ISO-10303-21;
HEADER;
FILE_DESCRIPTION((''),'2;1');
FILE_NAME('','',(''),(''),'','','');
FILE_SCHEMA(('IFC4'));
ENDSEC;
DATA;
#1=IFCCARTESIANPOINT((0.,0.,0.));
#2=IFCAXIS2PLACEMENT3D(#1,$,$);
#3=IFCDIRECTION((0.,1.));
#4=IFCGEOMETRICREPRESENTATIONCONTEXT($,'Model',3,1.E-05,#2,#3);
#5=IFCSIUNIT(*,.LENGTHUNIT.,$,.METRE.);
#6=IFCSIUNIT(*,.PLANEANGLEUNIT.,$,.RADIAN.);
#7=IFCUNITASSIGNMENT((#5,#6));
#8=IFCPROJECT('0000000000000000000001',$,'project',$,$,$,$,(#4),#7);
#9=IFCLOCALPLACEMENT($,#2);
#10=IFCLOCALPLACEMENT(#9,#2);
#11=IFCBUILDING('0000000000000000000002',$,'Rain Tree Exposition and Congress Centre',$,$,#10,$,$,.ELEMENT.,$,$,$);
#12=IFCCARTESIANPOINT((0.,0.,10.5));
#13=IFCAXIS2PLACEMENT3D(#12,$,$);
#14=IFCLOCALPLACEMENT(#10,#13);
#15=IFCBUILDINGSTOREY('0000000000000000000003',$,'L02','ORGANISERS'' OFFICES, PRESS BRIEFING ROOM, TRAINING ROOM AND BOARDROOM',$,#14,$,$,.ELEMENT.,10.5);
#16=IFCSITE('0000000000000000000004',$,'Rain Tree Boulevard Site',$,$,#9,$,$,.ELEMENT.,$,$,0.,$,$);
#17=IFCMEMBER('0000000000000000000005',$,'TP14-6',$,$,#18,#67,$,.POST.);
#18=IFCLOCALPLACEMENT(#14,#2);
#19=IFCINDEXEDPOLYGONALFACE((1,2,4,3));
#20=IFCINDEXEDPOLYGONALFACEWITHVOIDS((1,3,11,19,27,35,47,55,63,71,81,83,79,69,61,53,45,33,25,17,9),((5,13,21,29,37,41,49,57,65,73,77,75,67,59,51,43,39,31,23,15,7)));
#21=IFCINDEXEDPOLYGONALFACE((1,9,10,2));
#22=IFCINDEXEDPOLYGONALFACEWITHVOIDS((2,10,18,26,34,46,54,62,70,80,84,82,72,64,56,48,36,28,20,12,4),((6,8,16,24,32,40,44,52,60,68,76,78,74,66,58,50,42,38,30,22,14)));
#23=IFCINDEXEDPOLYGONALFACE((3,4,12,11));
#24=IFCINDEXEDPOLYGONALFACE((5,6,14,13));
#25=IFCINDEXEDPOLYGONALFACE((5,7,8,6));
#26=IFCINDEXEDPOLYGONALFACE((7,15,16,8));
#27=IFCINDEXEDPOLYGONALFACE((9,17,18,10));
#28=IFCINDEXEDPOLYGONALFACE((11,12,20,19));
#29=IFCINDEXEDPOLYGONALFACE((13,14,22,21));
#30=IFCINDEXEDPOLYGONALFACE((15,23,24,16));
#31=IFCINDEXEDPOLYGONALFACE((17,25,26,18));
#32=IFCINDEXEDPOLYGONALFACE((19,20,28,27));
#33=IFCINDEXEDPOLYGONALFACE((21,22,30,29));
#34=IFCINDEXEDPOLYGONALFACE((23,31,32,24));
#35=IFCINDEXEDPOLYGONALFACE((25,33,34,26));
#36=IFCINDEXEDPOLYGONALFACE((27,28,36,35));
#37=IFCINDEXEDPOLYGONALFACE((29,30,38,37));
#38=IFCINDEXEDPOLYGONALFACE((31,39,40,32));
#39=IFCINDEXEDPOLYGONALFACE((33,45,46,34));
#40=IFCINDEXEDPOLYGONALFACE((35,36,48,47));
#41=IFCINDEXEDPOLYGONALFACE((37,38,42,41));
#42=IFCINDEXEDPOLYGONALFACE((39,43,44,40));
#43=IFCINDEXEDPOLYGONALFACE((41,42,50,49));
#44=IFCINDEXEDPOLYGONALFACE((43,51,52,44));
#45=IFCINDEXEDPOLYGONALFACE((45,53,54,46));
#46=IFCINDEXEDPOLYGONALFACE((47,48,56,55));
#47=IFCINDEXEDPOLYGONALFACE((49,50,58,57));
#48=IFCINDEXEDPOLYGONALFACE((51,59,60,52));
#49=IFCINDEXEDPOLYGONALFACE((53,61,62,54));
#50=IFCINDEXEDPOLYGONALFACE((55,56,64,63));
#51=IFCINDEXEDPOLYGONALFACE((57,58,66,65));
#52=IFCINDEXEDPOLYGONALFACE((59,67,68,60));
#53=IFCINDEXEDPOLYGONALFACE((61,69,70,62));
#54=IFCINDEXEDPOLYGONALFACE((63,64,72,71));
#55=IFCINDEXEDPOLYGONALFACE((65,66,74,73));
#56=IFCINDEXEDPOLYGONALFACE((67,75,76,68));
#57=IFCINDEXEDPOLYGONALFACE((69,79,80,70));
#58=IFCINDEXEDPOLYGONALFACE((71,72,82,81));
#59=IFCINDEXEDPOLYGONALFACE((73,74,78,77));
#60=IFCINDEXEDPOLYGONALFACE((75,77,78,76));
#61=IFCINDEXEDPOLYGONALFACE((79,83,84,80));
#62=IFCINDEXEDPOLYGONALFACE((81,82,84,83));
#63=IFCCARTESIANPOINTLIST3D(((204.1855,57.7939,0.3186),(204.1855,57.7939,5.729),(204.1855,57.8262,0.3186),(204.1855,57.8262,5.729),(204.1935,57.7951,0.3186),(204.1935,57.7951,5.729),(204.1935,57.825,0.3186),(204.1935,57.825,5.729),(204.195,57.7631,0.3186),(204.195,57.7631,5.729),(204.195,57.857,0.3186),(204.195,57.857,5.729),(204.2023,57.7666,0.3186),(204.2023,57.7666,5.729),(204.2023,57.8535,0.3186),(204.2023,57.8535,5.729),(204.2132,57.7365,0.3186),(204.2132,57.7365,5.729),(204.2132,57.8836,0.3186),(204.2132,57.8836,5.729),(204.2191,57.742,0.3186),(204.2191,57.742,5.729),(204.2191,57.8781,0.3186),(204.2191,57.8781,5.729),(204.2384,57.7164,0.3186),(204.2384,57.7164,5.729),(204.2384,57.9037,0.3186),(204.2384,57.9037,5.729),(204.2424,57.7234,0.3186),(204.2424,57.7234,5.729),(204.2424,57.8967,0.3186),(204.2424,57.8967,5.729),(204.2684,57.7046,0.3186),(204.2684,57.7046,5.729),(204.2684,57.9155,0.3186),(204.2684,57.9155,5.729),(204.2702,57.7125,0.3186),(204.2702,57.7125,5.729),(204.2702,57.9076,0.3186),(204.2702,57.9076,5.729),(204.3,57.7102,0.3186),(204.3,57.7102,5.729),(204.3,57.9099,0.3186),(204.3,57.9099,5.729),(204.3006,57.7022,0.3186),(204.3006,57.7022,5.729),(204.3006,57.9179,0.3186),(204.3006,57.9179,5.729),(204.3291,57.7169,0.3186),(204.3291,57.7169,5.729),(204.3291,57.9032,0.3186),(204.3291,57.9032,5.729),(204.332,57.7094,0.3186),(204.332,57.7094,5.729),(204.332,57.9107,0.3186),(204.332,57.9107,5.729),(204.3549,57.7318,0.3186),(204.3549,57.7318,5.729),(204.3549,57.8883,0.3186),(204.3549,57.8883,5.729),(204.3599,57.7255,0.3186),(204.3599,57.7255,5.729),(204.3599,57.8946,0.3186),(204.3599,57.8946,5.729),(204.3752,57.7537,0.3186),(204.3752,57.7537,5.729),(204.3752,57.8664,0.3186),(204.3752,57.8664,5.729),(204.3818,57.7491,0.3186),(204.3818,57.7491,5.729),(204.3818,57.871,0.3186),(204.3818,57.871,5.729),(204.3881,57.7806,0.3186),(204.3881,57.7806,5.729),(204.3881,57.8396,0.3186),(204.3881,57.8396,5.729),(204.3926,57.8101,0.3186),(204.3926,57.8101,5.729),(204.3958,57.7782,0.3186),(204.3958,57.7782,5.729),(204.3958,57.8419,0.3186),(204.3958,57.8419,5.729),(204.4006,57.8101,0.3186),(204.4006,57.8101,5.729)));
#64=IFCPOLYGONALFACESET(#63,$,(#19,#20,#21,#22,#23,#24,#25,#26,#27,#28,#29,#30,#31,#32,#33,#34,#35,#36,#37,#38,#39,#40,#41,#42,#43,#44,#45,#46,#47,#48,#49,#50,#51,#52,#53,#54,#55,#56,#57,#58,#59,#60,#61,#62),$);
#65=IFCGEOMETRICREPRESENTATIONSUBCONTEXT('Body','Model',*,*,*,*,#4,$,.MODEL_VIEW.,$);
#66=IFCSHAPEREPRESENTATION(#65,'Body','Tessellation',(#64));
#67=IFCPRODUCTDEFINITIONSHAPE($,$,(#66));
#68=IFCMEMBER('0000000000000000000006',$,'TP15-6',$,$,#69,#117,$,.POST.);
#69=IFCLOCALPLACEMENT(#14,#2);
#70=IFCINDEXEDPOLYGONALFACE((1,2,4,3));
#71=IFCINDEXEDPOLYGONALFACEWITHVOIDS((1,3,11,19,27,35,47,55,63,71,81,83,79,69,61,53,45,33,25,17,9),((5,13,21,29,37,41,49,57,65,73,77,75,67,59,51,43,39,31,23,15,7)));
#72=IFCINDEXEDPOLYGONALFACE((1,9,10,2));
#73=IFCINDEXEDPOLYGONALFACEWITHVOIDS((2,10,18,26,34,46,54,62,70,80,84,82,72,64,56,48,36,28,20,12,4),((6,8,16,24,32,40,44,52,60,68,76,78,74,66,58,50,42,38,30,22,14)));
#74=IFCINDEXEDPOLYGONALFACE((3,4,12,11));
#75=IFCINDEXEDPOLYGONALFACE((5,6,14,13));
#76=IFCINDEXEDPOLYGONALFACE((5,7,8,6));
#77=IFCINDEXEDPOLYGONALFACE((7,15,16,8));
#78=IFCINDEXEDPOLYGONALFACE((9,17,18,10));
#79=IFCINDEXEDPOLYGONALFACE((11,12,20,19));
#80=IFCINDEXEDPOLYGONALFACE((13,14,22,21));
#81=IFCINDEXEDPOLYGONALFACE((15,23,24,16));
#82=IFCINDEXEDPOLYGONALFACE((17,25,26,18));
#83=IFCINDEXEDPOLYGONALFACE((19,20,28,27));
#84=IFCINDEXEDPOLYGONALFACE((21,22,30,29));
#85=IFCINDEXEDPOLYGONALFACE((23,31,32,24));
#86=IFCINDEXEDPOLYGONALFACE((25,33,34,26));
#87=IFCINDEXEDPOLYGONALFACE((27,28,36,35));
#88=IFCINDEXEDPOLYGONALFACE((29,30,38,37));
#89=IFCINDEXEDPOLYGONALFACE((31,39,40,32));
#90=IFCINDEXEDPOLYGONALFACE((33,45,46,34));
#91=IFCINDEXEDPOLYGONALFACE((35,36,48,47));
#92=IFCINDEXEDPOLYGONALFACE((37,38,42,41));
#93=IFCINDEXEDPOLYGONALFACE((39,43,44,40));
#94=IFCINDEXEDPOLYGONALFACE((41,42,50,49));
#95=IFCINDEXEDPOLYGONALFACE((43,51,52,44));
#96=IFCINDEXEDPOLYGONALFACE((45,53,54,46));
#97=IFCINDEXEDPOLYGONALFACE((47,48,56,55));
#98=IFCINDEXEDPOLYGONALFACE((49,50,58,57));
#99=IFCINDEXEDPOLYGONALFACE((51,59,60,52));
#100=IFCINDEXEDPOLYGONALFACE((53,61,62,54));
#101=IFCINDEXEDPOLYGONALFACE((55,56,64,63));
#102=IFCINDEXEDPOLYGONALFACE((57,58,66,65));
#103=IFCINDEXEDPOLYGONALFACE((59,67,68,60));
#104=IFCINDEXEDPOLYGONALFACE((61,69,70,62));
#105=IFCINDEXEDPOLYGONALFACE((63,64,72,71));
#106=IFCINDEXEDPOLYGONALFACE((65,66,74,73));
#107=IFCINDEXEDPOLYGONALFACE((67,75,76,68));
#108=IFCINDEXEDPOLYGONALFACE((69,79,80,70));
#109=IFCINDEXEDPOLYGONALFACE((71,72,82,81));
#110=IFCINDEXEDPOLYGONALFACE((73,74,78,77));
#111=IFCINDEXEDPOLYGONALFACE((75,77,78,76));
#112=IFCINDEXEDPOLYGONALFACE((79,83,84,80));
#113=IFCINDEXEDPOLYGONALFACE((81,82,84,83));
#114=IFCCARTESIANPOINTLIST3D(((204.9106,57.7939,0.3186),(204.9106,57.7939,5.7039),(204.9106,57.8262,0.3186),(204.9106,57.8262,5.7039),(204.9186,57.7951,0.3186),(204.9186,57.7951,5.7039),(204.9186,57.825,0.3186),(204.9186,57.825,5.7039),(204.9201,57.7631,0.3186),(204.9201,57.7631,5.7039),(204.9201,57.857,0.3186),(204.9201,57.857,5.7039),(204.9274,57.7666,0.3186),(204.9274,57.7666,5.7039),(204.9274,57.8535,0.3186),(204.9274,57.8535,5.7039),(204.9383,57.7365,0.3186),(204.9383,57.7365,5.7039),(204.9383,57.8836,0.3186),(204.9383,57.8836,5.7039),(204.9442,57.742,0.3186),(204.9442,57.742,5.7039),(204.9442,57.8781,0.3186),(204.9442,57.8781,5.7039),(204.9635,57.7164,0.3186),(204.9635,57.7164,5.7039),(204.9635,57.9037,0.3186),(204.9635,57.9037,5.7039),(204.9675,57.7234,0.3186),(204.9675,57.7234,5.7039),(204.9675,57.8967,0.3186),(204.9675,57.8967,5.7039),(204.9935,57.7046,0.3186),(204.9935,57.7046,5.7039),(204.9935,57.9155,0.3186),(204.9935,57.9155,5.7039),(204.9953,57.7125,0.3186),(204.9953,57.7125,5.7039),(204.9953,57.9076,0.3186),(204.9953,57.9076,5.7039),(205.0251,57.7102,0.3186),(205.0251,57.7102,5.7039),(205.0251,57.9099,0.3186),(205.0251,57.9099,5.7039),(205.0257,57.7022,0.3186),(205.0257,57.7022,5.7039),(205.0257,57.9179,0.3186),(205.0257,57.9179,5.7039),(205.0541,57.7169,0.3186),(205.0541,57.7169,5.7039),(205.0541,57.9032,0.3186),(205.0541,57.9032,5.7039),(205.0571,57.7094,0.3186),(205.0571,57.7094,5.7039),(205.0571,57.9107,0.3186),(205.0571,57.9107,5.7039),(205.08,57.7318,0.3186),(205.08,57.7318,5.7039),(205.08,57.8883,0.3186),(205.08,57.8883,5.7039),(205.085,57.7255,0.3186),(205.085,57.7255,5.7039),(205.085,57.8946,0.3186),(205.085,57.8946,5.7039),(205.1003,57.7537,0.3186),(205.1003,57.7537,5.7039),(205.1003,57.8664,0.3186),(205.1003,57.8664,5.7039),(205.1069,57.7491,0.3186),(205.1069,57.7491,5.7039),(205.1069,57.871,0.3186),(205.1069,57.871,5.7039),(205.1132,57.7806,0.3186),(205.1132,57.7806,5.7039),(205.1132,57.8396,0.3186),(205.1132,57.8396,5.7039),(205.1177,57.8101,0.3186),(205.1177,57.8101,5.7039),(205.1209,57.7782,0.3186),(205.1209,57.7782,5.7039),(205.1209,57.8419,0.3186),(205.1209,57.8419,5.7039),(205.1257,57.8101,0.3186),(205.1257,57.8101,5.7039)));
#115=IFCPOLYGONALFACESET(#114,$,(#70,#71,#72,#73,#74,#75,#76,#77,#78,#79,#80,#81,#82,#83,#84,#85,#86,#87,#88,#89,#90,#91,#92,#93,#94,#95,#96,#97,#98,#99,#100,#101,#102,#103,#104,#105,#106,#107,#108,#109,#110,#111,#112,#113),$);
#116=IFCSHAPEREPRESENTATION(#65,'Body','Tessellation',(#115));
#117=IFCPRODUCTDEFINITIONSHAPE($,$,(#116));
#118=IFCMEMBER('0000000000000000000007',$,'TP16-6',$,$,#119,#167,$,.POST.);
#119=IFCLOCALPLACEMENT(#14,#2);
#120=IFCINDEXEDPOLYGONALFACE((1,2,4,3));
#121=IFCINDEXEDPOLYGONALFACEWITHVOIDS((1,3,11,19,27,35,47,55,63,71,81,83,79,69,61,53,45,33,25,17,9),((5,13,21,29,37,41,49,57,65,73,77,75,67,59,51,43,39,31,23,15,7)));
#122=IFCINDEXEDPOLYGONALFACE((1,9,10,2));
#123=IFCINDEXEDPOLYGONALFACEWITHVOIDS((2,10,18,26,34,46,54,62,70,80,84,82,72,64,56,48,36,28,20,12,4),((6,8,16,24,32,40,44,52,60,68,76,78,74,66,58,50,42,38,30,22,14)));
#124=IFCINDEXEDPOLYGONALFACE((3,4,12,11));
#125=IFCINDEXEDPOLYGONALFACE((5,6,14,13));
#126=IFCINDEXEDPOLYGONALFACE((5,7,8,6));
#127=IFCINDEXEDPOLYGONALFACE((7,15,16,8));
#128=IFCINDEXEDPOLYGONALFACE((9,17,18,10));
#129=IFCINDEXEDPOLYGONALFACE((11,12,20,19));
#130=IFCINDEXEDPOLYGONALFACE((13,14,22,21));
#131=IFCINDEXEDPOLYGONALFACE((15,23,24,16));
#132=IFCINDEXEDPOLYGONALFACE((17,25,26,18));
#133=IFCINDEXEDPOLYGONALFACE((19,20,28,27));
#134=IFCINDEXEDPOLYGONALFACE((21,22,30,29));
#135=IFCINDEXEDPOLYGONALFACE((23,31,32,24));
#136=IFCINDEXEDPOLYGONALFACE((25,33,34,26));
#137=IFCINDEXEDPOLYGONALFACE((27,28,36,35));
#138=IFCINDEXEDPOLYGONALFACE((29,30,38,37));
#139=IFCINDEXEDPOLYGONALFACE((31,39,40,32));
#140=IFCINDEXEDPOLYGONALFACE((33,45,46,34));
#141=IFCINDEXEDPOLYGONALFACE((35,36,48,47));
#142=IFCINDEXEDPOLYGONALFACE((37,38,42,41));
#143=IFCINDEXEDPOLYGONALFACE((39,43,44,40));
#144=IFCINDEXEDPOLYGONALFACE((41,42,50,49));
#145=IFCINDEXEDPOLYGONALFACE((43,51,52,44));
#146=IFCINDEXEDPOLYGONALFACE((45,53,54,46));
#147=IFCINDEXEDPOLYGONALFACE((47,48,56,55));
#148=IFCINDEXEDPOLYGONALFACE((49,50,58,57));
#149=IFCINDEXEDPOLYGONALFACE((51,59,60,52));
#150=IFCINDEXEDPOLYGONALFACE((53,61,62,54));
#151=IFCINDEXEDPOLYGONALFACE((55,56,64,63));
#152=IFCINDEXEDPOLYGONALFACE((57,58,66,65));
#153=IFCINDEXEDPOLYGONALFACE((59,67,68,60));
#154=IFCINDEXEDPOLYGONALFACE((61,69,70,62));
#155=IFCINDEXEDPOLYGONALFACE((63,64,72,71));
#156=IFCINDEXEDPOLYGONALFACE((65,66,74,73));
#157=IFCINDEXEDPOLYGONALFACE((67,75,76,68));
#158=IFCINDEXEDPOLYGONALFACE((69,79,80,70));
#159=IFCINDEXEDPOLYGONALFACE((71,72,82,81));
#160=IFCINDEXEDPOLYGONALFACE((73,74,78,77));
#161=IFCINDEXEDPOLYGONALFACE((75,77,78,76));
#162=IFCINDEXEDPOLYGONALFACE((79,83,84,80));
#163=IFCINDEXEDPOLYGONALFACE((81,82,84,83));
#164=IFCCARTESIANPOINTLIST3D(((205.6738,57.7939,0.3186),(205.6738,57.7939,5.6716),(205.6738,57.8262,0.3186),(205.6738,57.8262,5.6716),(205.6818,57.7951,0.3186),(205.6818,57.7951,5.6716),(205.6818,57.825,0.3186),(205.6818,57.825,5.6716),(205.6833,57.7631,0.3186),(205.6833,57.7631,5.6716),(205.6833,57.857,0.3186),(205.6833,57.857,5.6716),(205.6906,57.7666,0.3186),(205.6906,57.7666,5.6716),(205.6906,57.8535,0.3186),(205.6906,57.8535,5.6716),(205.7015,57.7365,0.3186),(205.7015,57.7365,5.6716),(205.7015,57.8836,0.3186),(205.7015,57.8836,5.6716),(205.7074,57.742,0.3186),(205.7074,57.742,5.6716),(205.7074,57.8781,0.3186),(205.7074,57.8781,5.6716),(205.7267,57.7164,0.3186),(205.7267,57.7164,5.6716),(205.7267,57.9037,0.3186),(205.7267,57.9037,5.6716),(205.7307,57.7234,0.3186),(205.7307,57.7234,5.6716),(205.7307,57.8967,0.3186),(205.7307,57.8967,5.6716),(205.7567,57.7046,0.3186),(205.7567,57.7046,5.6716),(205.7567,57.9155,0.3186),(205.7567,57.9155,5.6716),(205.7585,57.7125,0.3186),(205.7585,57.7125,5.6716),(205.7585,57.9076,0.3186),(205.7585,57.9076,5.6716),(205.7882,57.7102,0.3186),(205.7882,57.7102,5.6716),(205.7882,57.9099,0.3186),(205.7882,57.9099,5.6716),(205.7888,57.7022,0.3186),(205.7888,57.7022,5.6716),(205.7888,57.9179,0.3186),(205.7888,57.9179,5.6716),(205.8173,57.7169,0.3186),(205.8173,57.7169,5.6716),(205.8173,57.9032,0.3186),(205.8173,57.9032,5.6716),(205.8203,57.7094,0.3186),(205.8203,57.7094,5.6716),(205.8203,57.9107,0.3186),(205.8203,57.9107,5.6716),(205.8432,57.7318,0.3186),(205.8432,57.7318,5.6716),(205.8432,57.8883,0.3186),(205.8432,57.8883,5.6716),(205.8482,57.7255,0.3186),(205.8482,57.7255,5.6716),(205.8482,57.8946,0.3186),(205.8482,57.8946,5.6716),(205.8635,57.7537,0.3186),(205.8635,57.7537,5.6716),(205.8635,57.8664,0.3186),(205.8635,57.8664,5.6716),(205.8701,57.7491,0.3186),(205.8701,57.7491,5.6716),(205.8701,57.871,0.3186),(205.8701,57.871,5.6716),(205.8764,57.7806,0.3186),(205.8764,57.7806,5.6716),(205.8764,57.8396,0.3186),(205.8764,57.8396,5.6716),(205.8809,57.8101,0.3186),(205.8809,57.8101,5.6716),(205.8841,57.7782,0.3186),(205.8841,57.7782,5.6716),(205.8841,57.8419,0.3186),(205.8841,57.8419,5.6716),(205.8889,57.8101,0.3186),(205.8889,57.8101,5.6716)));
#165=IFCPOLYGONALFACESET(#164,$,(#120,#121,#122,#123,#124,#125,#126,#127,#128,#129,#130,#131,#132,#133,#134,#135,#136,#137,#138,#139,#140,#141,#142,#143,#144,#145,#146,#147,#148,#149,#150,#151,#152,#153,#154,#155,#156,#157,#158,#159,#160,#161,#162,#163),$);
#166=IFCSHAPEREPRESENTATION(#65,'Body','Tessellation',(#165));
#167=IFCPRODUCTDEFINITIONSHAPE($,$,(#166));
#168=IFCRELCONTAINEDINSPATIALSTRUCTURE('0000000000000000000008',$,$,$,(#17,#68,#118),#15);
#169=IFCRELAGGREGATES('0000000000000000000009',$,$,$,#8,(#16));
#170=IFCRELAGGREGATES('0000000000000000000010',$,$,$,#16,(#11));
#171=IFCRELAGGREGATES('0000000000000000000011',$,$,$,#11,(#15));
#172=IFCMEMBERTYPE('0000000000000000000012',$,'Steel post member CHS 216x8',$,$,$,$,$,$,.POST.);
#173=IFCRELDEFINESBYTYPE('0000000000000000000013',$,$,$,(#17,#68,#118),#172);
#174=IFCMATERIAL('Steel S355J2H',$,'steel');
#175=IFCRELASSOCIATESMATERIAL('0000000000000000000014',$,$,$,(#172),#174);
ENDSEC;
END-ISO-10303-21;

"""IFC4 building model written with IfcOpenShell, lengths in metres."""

from ifc_helpers import new_model, si_unit, direction, frame, origin, origin_2d, place, context, subcontext, project, spatial, hollow_circle, extrude, material, material_profile, profile_set, type_object, element, save


model = new_model("IFC4")

# Units and contexts
model_context = context("Model", 3, precision=1e-05, world=origin(), true_north=direction((0.0, 1.0)))
body_context = subcontext(model_context, "Body", "Model", "MODEL_VIEW")
ifc_project = project(units=[si_unit("LENGTHUNIT", "METRE"), si_unit("PLANEANGLEUNIT", "RADIAN")], contexts=[model_context])

# Site, building, storey
site_placement = place(None, origin())
site = spatial("IfcSite", under=ifc_project, at=site_placement, Name="Rain Tree Boulevard Site", CompositionType="ELEMENT", RefElevation=0.0)
building_placement = place(site_placement, origin())
building = spatial("IfcBuilding", under=site, at=building_placement, Name="Rain Tree Exposition and Congress Centre", CompositionType="ELEMENT")
storey_placement = place(building_placement, frame((0.0, 0.0, 10.5)))
storey = spatial("IfcBuildingStorey", under=building, at=storey_placement, Name="L02", Description="ORGANISERS' OFFICES, PRESS BRIEFING ROOM, TRAINING ROOM AND BOARDROOM", CompositionType="ELEMENT", Elevation=10.5)

# Members
ifc_material_1 = material(Name="Steel S355J2H", Category="steel")
ifc_material_profile_1 = material_profile(ifc_material_1, hollow_circle(Radius=0.1082, WallThickness=0.0081, at=origin_2d()), Name="CHS 216x8")
ifc_profile_set_1 = profile_set([ifc_material_profile_1], Name="Steel S355J2H")
member_type_1 = type_object("IfcMemberType", Name="Steel post member CHS 216x8", PredefinedType="POST", material=ifc_profile_set_1)
member_1_placement = place(storey_placement, frame((204.2925, 57.8101, 0.3186), z_axis=(0.0, 0.0, 1.0), x_axis=(1.0, 0.0, 0.0)))
element("IfcMember", 1, at=member_1_placement, inside=storey, type_object=member_type_1, Name="TP14-6", PredefinedType="POST", context=body_context, shape_type="SweptSolid", body=[
    extrude(hollow_circle(Radius=0.1082, WallThickness=0.0081, at=origin_2d()), origin(), (0.0, 0.0, 1.0), 5.4104),
])
member_2_placement = place(storey_placement, frame((205.0176, 57.8101, 0.3186), z_axis=(0.0, 0.0, 1.0), x_axis=(1.0, 0.0, 0.0)))
element("IfcMember", 2, at=member_2_placement, inside=storey, type_object=member_type_1, Name="TP15-6", PredefinedType="POST", context=body_context, shape_type="SweptSolid", body=[
    extrude(hollow_circle(Radius=0.1082, WallThickness=0.0081, at=origin_2d()), origin(), (0.0, 0.0, 1.0), 5.3853),
])
member_3_placement = place(storey_placement, frame((205.7808, 57.8101, 0.3186), z_axis=(0.0, 0.0, 1.0), x_axis=(1.0, 0.0, 0.0)))
element("IfcMember", 3, at=member_3_placement, inside=storey, type_object=member_type_1, Name="TP16-6", PredefinedType="POST", context=body_context, shape_type="SweptSolid", body=[
    extrude(hollow_circle(Radius=0.1082, WallThickness=0.0081, at=origin_2d()), origin(), (0.0, 0.0, 1.0), 5.353),
])

save(model, "model.ifc")
